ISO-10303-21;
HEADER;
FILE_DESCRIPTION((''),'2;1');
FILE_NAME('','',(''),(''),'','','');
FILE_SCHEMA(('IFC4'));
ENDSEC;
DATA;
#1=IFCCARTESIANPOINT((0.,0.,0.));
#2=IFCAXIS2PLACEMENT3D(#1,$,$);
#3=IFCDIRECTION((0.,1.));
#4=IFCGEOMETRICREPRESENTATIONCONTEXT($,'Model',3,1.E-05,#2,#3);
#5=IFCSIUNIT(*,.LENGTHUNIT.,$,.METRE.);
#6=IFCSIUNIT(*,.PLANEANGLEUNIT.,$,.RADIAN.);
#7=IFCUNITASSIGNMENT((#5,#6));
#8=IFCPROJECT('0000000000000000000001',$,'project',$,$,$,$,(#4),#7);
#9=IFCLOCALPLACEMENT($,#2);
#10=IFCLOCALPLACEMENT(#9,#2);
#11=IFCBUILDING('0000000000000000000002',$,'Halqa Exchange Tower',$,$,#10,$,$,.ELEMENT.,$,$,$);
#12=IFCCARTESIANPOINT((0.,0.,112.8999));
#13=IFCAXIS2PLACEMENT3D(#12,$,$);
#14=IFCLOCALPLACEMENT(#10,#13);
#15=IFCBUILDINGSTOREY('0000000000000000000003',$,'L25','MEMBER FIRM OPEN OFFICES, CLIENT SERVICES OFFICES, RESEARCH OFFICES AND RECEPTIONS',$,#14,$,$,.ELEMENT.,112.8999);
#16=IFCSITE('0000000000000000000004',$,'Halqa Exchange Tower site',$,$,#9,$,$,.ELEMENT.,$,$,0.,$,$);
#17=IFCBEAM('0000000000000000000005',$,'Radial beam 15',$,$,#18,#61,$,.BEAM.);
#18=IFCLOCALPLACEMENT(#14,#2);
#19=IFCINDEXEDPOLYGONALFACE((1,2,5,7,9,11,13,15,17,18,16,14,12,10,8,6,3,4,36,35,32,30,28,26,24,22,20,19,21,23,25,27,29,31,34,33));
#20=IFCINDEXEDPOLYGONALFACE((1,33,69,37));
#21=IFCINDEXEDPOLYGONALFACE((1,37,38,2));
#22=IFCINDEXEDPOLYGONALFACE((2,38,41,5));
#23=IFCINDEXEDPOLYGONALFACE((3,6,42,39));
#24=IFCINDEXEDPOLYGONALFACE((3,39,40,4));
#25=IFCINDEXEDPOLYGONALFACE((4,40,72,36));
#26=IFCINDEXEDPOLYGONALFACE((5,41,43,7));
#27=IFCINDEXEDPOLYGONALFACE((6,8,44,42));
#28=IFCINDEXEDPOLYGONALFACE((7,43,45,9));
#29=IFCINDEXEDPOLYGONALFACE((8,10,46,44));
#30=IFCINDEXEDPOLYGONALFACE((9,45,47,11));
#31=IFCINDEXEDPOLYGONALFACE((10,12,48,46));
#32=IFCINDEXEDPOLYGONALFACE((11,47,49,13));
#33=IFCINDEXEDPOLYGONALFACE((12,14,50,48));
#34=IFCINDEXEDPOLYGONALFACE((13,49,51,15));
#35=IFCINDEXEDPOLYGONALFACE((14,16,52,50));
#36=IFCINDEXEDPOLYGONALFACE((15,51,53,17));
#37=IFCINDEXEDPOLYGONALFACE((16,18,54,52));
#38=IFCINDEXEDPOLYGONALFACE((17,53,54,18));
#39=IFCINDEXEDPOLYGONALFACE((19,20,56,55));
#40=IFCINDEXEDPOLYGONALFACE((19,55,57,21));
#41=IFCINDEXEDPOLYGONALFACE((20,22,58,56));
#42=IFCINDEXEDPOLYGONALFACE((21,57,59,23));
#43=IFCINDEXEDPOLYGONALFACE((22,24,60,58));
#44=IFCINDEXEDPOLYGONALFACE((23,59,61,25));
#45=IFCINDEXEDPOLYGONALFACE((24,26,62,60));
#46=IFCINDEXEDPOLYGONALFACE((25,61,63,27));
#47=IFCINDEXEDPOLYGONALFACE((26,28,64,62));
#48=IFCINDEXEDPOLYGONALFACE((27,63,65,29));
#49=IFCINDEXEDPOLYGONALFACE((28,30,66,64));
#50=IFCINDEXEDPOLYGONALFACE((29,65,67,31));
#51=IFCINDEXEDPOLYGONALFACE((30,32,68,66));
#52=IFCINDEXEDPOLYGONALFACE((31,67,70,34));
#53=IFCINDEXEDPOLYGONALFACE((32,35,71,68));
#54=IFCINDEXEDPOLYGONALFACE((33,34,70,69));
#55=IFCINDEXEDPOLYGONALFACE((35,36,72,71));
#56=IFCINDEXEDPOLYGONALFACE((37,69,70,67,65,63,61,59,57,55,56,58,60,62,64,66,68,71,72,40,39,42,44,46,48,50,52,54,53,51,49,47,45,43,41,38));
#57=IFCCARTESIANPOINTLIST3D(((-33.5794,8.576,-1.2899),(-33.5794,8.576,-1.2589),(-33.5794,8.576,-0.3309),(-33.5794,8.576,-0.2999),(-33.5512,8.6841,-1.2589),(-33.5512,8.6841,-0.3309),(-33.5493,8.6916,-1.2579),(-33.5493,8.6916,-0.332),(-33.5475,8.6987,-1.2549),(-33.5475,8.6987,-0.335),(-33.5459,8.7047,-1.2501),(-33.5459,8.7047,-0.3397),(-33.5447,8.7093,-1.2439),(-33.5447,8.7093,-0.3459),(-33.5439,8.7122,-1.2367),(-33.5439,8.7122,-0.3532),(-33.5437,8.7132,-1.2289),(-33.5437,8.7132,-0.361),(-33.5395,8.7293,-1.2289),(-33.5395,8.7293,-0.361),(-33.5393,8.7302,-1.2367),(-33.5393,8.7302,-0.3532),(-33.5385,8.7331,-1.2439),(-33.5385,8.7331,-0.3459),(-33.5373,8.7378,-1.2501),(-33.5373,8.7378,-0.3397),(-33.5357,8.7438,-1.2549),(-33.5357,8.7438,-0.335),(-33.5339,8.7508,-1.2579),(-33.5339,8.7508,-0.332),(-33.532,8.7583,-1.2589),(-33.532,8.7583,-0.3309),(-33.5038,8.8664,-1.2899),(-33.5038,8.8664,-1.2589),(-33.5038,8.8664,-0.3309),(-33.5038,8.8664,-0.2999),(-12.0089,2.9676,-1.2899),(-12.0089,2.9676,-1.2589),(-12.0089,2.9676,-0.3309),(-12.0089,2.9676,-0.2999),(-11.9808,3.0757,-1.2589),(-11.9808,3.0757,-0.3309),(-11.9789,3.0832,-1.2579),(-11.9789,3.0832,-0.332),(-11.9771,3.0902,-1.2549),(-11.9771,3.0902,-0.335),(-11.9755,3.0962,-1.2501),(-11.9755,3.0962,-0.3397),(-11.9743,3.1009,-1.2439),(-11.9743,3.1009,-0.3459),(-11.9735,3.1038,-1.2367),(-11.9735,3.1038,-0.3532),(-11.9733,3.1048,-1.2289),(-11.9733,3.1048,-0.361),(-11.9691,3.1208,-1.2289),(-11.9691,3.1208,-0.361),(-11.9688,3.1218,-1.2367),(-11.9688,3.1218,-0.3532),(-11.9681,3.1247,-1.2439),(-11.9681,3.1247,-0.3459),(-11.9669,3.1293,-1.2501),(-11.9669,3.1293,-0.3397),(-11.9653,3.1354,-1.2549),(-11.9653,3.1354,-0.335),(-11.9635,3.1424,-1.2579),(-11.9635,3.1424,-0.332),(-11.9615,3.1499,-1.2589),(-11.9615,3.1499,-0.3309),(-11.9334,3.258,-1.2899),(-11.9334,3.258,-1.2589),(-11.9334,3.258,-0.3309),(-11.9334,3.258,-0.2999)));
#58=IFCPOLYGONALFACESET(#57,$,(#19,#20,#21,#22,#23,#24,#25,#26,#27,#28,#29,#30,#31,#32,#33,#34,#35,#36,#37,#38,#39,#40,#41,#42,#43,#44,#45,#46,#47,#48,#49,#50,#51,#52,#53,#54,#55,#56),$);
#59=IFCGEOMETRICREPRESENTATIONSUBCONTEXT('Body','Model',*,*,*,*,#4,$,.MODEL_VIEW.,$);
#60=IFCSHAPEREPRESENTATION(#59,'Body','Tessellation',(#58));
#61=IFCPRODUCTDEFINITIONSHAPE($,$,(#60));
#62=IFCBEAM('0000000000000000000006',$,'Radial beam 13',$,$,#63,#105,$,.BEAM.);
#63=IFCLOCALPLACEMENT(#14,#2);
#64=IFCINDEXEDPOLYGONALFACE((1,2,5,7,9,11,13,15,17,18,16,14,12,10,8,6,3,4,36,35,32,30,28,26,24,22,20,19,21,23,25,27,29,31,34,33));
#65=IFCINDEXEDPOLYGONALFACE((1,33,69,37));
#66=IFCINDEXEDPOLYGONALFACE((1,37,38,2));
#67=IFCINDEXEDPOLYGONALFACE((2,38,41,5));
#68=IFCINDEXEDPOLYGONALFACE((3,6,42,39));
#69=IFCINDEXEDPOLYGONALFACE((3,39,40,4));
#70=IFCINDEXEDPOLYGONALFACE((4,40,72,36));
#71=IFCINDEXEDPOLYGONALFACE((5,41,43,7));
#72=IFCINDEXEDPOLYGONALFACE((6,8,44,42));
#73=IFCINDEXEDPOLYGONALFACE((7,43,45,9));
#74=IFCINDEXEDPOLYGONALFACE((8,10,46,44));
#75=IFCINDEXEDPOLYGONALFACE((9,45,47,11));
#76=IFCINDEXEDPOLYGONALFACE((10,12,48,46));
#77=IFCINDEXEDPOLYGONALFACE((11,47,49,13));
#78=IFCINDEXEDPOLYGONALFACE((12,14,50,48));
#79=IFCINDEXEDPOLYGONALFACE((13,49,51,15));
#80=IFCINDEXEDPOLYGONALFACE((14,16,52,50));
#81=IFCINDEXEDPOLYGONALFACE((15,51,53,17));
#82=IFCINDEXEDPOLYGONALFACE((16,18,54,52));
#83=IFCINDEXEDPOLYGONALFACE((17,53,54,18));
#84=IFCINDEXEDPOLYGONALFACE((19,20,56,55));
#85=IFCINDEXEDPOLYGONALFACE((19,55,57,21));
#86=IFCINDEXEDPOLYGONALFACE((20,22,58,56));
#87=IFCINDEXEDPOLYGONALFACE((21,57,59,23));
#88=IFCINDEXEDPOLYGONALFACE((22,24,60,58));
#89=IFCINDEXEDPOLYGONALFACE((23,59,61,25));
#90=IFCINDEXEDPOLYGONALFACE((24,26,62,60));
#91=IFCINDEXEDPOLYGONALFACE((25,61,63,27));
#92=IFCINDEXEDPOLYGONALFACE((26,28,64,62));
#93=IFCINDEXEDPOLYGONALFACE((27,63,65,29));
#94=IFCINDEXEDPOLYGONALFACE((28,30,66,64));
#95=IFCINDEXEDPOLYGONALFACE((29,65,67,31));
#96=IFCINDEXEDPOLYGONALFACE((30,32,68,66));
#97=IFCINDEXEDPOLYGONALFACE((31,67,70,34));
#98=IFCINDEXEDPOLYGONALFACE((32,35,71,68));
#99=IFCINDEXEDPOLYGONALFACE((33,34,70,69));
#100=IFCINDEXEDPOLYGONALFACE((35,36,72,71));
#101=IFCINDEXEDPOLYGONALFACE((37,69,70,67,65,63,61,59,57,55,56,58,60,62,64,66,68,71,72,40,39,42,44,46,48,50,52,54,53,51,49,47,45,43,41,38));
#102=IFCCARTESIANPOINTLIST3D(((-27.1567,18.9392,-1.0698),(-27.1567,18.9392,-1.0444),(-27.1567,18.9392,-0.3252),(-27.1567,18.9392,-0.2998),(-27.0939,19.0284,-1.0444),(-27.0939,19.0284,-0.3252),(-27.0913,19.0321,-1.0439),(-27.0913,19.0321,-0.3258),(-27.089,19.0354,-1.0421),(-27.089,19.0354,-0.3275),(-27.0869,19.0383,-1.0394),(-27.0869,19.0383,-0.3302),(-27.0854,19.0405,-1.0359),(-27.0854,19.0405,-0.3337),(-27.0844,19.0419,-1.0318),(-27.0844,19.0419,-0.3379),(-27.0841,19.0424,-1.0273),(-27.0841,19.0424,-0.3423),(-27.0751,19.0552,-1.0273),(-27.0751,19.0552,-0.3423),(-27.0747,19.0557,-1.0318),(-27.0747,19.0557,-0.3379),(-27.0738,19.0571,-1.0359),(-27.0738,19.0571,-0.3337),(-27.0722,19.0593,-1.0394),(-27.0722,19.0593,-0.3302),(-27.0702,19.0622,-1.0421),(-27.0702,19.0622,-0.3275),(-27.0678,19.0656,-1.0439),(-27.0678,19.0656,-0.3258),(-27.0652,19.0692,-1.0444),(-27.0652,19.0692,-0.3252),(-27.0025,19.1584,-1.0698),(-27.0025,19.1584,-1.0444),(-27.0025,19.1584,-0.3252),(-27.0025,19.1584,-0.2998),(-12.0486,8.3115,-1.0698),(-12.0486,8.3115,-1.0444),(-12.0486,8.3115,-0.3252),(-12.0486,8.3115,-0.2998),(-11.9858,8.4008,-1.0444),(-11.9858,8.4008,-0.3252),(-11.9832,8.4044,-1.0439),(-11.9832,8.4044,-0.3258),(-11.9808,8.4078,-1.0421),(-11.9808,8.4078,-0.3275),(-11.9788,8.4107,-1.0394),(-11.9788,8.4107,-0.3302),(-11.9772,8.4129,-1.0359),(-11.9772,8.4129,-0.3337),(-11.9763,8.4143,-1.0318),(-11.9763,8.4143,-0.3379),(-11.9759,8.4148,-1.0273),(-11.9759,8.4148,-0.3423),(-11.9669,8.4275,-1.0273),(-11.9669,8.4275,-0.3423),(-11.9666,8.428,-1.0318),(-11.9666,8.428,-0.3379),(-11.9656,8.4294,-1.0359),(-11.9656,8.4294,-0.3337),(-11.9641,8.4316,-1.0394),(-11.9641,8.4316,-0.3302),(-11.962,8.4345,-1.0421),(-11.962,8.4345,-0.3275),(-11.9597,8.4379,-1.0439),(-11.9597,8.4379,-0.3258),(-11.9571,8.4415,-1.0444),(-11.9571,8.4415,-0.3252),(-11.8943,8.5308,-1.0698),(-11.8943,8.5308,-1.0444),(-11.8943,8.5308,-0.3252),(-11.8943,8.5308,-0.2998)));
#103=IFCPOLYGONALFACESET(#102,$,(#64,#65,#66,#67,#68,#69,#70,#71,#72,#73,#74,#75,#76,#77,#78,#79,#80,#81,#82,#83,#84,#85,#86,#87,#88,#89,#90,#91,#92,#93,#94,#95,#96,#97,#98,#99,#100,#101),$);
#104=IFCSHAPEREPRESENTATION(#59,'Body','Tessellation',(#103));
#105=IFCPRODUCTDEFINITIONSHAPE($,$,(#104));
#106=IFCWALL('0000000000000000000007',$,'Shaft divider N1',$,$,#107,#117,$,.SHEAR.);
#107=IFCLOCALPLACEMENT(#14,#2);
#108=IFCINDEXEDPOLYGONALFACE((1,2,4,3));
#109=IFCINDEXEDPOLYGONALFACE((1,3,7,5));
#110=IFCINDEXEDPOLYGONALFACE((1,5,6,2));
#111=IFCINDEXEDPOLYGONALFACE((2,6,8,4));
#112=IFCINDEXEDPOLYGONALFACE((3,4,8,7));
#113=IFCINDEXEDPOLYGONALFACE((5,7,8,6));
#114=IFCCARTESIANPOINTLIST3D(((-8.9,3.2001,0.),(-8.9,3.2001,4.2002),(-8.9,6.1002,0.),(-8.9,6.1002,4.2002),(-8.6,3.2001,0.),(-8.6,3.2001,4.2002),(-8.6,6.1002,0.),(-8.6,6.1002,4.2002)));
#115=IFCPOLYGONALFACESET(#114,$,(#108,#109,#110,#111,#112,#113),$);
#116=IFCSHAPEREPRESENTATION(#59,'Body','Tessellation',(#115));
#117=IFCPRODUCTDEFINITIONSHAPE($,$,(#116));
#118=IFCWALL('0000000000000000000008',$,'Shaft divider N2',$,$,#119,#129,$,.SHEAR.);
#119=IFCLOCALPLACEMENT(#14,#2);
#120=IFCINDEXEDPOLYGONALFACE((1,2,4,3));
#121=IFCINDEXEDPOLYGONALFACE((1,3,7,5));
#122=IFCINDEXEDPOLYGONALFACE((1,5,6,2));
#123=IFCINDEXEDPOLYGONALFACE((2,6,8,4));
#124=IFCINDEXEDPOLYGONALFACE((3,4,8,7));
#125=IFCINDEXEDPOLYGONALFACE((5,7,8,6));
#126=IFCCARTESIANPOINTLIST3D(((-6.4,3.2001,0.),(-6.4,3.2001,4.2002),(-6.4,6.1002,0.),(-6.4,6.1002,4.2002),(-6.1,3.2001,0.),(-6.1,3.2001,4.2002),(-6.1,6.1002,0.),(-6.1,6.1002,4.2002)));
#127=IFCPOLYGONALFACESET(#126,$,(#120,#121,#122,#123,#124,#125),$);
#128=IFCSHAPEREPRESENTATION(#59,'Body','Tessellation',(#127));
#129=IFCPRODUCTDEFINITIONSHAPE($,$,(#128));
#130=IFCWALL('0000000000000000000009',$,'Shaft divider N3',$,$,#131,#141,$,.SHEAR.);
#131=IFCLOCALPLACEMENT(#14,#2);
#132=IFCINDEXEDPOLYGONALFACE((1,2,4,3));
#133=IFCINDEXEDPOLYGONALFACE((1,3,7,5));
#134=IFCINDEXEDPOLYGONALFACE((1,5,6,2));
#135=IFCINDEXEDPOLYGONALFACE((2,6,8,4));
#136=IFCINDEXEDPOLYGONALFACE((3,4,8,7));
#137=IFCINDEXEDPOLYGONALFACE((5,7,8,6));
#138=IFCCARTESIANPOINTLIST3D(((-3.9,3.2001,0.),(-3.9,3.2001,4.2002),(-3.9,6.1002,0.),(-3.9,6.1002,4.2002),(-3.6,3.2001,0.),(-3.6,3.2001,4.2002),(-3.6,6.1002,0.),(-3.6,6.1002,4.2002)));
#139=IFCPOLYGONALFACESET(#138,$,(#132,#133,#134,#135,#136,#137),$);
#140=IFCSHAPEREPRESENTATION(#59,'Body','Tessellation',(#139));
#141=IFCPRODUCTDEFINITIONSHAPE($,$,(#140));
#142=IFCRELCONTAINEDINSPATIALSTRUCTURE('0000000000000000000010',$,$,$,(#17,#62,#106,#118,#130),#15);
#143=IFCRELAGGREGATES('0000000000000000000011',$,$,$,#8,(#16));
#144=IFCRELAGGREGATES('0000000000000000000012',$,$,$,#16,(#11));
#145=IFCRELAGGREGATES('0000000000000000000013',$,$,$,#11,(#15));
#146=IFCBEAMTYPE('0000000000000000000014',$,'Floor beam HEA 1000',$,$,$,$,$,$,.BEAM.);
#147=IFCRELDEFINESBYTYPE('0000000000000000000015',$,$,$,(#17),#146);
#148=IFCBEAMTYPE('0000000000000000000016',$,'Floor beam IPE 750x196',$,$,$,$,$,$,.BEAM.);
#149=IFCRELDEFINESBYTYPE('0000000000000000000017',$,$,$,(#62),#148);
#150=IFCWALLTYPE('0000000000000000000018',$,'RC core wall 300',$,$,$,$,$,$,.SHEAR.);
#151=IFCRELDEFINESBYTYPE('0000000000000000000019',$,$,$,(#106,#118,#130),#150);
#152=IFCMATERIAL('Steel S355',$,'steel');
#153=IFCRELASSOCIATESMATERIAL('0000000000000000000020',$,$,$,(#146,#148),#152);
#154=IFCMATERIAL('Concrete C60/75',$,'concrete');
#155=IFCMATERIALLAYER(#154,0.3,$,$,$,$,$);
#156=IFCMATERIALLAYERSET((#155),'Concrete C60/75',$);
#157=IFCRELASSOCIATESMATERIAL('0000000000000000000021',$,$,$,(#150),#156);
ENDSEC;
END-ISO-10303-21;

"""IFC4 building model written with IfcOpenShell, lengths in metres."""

from ifc_helpers import new_model, si_unit, direction, frame, frame_2d, origin, origin_2d, place, context, subcontext, project, spatial, rectangle, i_section, extrude, material, layer, layer_set, material_profile, profile_set, type_object, element, save


model = new_model("IFC4")

# Units and contexts
model_context = context("Model", 3, precision=1e-05, world=origin(), true_north=direction((0.0, 1.0)))
body_context = subcontext(model_context, "Body", "Model", "MODEL_VIEW")
ifc_project = project(units=[si_unit("LENGTHUNIT", "METRE"), si_unit("PLANEANGLEUNIT", "RADIAN")], contexts=[model_context])

# Site, building, storey
site_placement = place(None, origin())
site = spatial("IfcSite", under=ifc_project, at=site_placement, Name="Halqa Exchange Tower site", CompositionType="ELEMENT", RefElevation=0.0)
building_placement = place(site_placement, origin())
building = spatial("IfcBuilding", under=site, at=building_placement, Name="Halqa Exchange Tower", CompositionType="ELEMENT")
storey_placement = place(building_placement, frame((0.0, 0.0, 112.8999)))
storey = spatial("IfcBuildingStorey", under=building, at=storey_placement, Name="L25", Description="MEMBER FIRM OPEN OFFICES, CLIENT SERVICES OFFICES, RESEARCH OFFICES AND RECEPTIONS", CompositionType="ELEMENT", Elevation=112.8999)

# Beams
ifc_material_1 = material(Name="Steel S355", Category="steel")
ifc_material_profile_1 = material_profile(ifc_material_1, i_section(OverallWidth=0.3, OverallDepth=0.99, WebThickness=0.0166, FlangeThickness=0.031, FilletRadius=0.03, at=origin_2d()), Name="HEA 1000")
ifc_profile_set_1 = profile_set([ifc_material_profile_1], Name="Steel S355")
beam_type_1 = type_object("IfcBeamType", Name="Floor beam HEA 1000", PredefinedType="BEAM", material=ifc_profile_set_1)
beam_1_placement = place(storey_placement, frame((-11.9712, 3.1128, -0.7949), z_axis=(-0.967821, 0.251639, 0.0), x_axis=(-0.251639, -0.967821, 0.0)))
element("IfcBeam", 1, at=beam_1_placement, inside=storey, type_object=beam_type_1, Name="Radial beam 15", PredefinedType="BEAM", context=body_context, shape_type="SweptSolid", body=[
    extrude(i_section(OverallWidth=0.3, OverallDepth=0.99, WebThickness=0.0166, FlangeThickness=0.031, FilletRadius=0.03, at=origin_2d()), origin(), (0.0, 0.0, 1.0), 22.2876),
])
ifc_material_profile_2 = material_profile(ifc_material_1, i_section(OverallWidth=0.2681, OverallDepth=0.77, WebThickness=0.0156, FlangeThickness=0.0254, FilletRadius=0.0171, at=origin_2d()), Name="IPE 750x196")
ifc_profile_set_2 = profile_set([ifc_material_profile_2], Name="Steel S355")
beam_type_2 = type_object("IfcBeamType", Name="Floor beam IPE 750x196", PredefinedType="BEAM", material=ifc_profile_set_2)
beam_2_placement = place(storey_placement, frame((-11.9714, 8.4211, -0.6848), z_axis=(-0.817908, 0.575349, 0.0), x_axis=(-0.575349, -0.817908, 0.0)))
element("IfcBeam", 2, at=beam_2_placement, inside=storey, type_object=beam_type_2, Name="Radial beam 13", PredefinedType="BEAM", context=body_context, shape_type="SweptSolid", body=[
    extrude(i_section(OverallWidth=0.2681, OverallDepth=0.77, WebThickness=0.0156, FlangeThickness=0.0254, FilletRadius=0.0171, at=origin_2d()), origin(), (0.0, 0.0, 1.0), 18.4717),
])

# Walls
ifc_material_2 = material(Name="Concrete C60/75", Category="concrete")
ifc_layer_1 = layer(ifc_material_2, 0.3)
ifc_layer_set_1 = layer_set([ifc_layer_1], Name="Concrete C60/75")
wall_type_1 = type_object("IfcWallType", Name="RC core wall 300", PredefinedType="SHEAR", material=ifc_layer_set_1)
for number, where, z_axis, x_axis, name in (
    (3, (-8.75, 3.2, 0.0), (0.0, 0.0, 1.0), (0.0, 1.0, 0.0), "Shaft divider N1"),
    (4, (-6.25, 3.2, 0.0), (0.0, 0.0, 1.0), (0.0, 1.0, 0.0), "Shaft divider N2"),
    (5, (-3.75, 3.2, 0.0), (0.0, 0.0, 1.0), (0.0, 1.0, 0.0), "Shaft divider N3"),
):
    element("IfcWall", number, at=place(storey_placement, frame(where, z_axis=z_axis, x_axis=x_axis)), inside=storey, type_object=wall_type_1, Name=name, PredefinedType="SHEAR", context=body_context, shape_type="SweptSolid", body=[
        extrude(rectangle(XDim=2.9001, YDim=0.3, at=frame_2d((1.4502, 0.0))), origin(), (0.0, 0.0, 1.0), 4.2002),
    ])

save(model, "model.ifc")
